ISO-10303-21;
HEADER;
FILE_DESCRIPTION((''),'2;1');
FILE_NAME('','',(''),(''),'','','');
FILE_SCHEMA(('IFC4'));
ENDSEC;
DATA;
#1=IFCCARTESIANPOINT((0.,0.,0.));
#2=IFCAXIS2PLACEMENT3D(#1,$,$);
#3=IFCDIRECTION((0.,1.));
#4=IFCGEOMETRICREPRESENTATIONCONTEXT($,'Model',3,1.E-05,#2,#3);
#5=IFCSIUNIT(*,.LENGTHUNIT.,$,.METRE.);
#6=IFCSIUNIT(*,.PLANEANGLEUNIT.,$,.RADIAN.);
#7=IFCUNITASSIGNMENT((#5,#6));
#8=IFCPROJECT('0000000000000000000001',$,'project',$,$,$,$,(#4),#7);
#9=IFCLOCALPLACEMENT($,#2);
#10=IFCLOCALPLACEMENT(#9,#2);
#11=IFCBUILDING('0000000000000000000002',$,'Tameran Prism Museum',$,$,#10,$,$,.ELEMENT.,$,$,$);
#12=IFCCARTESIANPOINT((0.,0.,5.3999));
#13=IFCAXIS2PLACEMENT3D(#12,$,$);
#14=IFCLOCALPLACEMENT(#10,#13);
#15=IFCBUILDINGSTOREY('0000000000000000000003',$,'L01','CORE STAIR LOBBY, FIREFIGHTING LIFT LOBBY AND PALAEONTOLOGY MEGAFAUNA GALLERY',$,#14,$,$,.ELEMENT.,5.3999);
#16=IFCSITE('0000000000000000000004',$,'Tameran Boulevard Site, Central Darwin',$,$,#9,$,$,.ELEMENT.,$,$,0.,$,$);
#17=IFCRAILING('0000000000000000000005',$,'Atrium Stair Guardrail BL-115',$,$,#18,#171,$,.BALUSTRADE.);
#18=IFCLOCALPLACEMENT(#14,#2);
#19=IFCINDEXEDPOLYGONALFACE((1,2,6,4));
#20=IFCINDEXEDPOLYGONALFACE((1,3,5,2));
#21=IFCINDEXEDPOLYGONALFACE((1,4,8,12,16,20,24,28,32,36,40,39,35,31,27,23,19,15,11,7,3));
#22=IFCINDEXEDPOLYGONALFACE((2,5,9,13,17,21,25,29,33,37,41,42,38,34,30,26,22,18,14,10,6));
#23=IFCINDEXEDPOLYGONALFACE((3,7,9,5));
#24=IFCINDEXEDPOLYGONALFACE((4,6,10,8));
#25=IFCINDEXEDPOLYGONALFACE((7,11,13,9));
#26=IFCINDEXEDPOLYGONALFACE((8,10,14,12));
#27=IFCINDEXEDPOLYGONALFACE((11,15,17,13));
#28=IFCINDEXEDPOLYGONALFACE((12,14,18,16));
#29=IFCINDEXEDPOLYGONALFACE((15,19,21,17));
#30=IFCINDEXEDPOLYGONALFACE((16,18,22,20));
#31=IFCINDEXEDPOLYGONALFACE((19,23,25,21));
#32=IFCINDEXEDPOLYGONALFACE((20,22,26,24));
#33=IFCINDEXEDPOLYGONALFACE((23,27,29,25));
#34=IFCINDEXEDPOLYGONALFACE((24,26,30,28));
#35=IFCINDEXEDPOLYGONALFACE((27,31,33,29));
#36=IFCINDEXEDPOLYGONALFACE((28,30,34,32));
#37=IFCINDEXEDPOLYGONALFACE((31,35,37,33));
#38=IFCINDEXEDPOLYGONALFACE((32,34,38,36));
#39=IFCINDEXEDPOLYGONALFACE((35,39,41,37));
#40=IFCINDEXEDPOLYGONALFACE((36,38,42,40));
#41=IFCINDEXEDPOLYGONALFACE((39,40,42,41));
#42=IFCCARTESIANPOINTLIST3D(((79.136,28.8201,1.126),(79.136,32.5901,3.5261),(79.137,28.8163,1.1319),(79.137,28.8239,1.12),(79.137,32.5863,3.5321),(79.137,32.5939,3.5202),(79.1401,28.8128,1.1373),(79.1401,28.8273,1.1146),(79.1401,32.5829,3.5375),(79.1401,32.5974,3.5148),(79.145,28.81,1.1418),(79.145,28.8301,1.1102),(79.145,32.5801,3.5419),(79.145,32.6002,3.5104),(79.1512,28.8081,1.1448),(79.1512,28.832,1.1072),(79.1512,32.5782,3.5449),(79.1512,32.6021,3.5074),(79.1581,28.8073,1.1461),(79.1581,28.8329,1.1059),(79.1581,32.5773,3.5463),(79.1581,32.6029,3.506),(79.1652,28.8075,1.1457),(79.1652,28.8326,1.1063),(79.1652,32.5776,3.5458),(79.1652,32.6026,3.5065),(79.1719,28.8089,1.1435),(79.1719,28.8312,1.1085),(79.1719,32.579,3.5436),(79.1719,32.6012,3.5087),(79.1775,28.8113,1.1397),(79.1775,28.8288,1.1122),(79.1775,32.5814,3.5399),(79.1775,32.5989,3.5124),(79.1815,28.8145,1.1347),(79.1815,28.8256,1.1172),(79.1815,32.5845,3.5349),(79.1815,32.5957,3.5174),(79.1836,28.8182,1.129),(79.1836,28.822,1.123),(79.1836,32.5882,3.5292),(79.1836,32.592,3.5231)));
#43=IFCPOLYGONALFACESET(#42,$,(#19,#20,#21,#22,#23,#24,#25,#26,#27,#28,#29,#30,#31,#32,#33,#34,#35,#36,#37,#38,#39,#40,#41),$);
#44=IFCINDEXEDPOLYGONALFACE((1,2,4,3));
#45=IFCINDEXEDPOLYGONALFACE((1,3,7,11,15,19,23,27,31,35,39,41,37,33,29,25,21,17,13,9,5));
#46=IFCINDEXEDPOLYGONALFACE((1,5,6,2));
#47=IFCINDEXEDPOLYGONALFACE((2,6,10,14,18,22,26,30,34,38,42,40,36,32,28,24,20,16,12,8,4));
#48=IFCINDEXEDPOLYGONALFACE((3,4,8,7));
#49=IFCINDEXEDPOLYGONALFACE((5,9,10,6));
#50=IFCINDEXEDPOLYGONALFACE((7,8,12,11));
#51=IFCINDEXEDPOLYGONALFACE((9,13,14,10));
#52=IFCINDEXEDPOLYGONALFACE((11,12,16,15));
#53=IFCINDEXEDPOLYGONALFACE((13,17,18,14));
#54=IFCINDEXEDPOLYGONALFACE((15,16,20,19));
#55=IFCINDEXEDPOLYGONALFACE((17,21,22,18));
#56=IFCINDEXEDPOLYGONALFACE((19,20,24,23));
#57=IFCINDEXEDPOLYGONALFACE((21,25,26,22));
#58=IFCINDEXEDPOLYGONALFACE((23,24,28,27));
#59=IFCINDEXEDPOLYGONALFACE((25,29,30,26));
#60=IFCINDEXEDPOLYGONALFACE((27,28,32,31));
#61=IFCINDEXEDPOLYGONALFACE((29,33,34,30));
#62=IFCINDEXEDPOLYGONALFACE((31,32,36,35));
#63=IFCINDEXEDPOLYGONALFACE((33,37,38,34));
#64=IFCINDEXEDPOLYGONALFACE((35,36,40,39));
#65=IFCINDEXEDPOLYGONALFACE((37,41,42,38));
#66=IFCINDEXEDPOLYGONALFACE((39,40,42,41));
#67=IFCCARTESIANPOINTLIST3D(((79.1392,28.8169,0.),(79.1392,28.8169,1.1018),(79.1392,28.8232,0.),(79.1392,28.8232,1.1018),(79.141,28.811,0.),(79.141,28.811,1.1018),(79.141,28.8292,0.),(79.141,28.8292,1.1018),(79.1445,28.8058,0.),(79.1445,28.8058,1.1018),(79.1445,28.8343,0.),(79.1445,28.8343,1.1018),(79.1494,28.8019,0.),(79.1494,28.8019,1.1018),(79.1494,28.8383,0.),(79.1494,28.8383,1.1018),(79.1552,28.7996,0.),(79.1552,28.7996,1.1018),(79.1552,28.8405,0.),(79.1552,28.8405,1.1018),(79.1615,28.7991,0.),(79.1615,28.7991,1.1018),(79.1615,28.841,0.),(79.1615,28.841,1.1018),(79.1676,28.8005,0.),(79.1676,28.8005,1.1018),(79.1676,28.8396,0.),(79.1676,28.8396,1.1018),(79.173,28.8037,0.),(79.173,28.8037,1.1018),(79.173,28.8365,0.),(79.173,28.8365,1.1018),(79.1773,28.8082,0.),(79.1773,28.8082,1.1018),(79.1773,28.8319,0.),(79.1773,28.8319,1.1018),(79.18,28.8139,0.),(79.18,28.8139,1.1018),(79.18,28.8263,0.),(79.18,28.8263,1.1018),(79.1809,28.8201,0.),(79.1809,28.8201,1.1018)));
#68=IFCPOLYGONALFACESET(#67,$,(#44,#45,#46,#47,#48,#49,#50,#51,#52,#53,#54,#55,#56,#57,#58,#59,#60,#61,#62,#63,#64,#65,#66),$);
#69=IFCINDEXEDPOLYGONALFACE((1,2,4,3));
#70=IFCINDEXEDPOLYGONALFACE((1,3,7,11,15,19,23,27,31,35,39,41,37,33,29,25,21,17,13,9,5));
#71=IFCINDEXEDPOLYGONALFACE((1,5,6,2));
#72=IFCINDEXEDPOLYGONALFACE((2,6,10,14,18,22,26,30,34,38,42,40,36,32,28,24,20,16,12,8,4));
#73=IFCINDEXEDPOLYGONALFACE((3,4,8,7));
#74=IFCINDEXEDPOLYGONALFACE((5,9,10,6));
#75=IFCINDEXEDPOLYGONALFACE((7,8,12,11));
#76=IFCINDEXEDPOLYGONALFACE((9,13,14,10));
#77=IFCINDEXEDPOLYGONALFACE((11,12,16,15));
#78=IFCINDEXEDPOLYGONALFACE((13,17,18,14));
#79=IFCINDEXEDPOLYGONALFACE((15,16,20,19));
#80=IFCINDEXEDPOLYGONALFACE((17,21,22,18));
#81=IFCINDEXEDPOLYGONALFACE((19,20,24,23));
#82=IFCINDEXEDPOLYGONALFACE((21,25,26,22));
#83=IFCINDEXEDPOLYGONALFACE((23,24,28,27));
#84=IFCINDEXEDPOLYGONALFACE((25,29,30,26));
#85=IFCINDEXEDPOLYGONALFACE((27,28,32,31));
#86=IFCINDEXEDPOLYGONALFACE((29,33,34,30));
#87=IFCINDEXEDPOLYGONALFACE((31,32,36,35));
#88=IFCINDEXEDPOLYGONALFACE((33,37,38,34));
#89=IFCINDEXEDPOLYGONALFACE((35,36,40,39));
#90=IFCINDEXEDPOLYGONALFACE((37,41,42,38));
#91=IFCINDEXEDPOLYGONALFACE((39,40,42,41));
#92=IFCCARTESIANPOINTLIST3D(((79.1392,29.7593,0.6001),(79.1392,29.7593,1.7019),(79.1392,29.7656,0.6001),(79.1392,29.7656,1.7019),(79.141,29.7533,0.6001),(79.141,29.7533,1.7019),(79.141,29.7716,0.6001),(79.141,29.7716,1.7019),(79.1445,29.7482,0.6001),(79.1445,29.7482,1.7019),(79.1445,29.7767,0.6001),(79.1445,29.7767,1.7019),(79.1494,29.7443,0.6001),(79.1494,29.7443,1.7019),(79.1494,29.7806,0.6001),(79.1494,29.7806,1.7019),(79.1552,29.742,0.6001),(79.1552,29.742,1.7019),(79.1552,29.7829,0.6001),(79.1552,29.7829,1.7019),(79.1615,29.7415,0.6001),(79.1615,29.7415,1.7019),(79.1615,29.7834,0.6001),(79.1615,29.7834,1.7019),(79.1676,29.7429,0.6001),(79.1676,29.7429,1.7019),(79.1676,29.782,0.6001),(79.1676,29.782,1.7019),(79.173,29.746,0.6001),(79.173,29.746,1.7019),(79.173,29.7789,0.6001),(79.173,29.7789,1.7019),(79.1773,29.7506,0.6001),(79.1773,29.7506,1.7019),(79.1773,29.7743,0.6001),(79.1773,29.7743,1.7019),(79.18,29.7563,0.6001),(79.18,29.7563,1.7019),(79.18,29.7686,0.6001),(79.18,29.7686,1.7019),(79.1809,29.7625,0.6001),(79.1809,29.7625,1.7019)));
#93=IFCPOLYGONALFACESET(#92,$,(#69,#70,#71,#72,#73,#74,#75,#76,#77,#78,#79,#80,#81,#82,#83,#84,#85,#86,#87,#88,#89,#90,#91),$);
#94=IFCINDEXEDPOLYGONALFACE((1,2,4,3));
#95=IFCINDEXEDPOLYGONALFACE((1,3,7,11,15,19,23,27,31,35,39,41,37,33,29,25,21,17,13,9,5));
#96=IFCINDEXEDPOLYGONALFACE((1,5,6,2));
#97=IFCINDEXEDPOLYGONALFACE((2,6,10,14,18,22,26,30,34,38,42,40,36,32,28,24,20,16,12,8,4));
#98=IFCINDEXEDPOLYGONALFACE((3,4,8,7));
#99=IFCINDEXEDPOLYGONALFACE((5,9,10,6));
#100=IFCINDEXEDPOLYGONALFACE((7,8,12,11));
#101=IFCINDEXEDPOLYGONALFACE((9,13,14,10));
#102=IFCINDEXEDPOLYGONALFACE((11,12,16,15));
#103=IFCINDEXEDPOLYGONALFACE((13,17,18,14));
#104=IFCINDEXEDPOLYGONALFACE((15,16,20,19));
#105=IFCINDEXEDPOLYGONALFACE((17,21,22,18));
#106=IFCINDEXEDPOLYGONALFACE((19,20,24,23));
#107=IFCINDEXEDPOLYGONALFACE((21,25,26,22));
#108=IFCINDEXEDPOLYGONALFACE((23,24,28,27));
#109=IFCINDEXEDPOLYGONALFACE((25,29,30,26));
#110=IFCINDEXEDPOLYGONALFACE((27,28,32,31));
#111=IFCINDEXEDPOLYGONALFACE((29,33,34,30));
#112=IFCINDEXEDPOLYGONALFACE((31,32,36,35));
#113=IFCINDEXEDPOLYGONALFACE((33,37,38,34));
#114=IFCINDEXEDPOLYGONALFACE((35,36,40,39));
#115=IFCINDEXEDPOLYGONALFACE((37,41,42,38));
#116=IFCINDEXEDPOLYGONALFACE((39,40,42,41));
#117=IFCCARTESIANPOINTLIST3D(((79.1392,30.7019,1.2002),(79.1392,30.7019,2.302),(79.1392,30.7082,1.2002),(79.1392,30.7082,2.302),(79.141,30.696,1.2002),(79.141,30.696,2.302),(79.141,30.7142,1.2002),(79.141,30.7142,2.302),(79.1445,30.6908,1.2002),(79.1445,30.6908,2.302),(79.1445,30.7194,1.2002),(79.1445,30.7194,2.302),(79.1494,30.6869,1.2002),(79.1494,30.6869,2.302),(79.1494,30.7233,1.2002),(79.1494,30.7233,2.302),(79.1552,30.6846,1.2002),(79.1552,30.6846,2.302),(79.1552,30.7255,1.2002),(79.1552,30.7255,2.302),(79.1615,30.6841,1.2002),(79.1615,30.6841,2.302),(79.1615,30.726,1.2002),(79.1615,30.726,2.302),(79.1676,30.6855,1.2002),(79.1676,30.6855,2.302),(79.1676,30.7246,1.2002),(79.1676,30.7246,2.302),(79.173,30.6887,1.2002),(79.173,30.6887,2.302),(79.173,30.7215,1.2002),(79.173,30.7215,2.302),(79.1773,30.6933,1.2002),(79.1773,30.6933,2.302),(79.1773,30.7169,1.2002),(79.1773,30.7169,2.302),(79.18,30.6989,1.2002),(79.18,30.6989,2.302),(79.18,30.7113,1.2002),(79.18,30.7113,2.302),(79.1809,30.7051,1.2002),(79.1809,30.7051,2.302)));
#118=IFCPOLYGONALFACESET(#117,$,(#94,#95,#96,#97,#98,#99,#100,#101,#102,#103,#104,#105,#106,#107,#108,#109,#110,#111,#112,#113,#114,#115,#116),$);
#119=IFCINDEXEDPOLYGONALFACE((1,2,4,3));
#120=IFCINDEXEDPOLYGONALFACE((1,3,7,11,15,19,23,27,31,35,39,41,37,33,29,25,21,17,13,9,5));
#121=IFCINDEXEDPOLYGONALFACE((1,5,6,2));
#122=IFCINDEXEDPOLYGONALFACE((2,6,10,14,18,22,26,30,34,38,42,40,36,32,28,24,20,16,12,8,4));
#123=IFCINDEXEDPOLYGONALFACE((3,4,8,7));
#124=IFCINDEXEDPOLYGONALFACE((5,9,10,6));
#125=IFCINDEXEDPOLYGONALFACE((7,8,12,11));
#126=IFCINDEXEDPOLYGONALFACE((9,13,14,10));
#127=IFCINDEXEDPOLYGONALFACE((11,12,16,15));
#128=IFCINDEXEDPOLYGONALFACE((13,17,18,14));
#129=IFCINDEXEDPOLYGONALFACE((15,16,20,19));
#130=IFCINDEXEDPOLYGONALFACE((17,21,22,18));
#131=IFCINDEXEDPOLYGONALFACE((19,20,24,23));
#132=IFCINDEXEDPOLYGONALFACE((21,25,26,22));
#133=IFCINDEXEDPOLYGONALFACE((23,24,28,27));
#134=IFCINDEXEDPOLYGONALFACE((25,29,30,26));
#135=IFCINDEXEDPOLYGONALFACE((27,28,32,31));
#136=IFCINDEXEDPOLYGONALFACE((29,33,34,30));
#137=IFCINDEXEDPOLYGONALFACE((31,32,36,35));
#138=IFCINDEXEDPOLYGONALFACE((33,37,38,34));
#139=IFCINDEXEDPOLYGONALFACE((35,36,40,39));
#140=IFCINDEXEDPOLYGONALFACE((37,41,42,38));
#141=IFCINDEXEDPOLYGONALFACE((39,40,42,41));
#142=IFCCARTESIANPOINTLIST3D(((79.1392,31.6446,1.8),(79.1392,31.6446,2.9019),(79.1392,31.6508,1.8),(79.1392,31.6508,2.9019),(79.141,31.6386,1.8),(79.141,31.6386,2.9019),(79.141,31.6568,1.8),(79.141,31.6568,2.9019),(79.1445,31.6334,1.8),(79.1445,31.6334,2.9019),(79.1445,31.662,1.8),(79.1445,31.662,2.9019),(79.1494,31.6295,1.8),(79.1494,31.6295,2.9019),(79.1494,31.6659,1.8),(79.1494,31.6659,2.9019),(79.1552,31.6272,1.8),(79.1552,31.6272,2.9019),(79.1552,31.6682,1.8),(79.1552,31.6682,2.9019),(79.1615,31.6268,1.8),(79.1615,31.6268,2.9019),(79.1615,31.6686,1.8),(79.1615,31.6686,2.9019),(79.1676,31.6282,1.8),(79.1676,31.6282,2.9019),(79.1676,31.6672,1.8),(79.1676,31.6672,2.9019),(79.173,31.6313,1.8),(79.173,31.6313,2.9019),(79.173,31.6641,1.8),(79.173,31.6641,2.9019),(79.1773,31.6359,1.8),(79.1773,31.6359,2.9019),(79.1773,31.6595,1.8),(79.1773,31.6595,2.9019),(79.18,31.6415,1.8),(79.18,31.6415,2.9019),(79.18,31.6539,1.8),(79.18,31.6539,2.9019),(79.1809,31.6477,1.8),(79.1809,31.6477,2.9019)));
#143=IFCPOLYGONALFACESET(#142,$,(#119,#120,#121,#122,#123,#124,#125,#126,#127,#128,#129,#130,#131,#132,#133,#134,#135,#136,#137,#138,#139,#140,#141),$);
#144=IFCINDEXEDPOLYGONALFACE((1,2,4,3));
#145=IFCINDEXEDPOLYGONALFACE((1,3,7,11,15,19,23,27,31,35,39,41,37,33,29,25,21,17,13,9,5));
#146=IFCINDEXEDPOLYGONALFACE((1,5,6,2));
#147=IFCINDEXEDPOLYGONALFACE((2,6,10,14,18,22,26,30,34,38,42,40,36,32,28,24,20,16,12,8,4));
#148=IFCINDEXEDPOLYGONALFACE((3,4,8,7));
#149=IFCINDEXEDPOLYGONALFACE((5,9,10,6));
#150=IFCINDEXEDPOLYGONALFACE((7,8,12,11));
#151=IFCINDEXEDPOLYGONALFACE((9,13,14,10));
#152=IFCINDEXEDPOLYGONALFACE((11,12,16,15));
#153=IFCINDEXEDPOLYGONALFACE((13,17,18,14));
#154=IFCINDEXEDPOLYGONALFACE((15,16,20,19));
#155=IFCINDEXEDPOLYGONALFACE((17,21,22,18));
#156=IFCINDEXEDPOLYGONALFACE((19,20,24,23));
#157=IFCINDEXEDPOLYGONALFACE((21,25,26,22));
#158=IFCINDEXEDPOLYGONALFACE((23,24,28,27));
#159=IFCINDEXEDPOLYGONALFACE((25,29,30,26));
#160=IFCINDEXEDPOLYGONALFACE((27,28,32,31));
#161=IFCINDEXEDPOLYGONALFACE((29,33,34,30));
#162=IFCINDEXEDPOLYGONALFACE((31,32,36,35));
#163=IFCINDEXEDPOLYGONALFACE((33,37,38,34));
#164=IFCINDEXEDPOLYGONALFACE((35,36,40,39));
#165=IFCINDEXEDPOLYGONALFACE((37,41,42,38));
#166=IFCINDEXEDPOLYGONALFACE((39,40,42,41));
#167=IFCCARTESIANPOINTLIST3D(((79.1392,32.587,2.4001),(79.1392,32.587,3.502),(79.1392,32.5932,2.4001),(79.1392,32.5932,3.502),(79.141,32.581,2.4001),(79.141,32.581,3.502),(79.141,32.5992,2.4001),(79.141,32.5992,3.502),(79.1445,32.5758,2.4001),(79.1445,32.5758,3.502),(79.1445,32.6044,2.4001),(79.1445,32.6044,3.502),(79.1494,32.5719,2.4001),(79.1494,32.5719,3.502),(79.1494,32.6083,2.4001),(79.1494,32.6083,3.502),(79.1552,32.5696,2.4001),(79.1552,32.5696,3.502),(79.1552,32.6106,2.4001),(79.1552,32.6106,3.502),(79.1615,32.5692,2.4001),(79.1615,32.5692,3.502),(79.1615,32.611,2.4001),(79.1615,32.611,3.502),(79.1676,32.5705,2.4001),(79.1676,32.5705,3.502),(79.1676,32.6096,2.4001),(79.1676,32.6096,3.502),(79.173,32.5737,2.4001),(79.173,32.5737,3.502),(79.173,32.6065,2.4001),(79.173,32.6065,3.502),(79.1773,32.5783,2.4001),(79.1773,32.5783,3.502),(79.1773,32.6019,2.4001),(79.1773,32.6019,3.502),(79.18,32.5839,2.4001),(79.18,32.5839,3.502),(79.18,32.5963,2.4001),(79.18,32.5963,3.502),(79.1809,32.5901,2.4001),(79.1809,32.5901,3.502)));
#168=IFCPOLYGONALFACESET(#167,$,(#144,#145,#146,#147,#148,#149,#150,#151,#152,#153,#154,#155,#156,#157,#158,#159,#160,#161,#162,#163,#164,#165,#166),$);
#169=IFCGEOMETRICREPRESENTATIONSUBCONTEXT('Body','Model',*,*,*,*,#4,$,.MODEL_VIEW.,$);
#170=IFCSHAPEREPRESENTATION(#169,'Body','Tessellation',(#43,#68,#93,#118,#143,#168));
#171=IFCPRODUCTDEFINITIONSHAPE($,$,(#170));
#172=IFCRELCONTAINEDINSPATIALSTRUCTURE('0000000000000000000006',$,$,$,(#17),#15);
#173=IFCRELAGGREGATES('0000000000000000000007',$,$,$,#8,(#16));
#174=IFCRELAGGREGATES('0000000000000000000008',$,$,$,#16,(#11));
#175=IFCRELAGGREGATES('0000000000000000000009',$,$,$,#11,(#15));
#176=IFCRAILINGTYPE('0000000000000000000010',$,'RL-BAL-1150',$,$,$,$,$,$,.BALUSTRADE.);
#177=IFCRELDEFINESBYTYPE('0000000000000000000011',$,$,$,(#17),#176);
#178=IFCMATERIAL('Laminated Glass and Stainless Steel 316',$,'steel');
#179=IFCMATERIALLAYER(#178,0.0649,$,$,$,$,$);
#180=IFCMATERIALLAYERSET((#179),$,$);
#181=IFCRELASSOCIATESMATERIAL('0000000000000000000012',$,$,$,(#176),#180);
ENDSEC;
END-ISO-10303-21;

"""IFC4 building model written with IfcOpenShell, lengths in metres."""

from ifc_helpers import new_model, si_unit, direction, frame, origin, origin_2d, place, context, subcontext, project, spatial, circle, extrude, material, layer, layer_set, type_object, element, save


model = new_model("IFC4")

# Units and contexts
model_context = context("Model", 3, precision=1e-05, world=origin(), true_north=direction((0.0, 1.0)))
body_context = subcontext(model_context, "Body", "Model", "MODEL_VIEW")
ifc_project = project(units=[si_unit("LENGTHUNIT", "METRE"), si_unit("PLANEANGLEUNIT", "RADIAN")], contexts=[model_context])

# Site, building, storey
site_placement = place(None, origin())
site = spatial("IfcSite", under=ifc_project, at=site_placement, Name="Tameran Boulevard Site, Central Darwin", CompositionType="ELEMENT", RefElevation=0.0)
building_placement = place(site_placement, origin())
building = spatial("IfcBuilding", under=site, at=building_placement, Name="Tameran Prism Museum", CompositionType="ELEMENT")
storey_placement = place(building_placement, frame((0.0, 0.0, 5.3999)))
storey = spatial("IfcBuildingStorey", under=building, at=storey_placement, Name="L01", Description="CORE STAIR LOBBY, FIREFIGHTING LIFT LOBBY AND PALAEONTOLOGY MEGAFAUNA GALLERY", CompositionType="ELEMENT", Elevation=5.3999)

# Railing
ifc_material_1 = material(Name="Laminated Glass and Stainless Steel 316", Category="steel")
ifc_layer_1 = layer(ifc_material_1, 0.0649)
ifc_layer_set_1 = layer_set([ifc_layer_1])
railing_type = type_object("IfcRailingType", Name="RL-BAL-1150", PredefinedType="BALUSTRADE", material=ifc_layer_set_1)
railing_1_placement = place(storey_placement, frame((79.1599, 28.8201, 0.0)))
element("IfcRailing", 1, at=railing_1_placement, inside=storey, type_object=railing_type, Name="Atrium Stair Guardrail BL-115", PredefinedType="BALUSTRADE", context=body_context, shape_type="SweptSolid", body=[
    extrude(circle(Radius=0.0239, at=origin_2d()), frame((0.0, 0.0, 1.126), z_axis=(0.0, 0.843556, 0.537042), x_axis=(-1.0, 0.0, 0.0)), (0.0, 0.0, 1.0), 4.4692),
    extrude(circle(Radius=0.021, at=origin_2d()), origin(), (0.0, 0.0, 1.0), 1.1018),
    extrude(circle(Radius=0.021, at=origin_2d()), frame((0.0, 0.9424, 0.6001)), (0.0, 0.0, 1.0), 1.1018),
    extrude(circle(Radius=0.021, at=origin_2d()), frame((0.0, 1.885, 1.2002)), (0.0, 0.0, 1.0), 1.1018),
    extrude(circle(Radius=0.021, at=origin_2d()), frame((0.0, 2.8276, 1.8)), (0.0, 0.0, 1.0), 1.1018),
    extrude(circle(Radius=0.021, at=origin_2d()), frame((0.0, 3.77, 2.4001)), (0.0, 0.0, 1.0), 1.1018),
])

save(model, "model.ifc")
